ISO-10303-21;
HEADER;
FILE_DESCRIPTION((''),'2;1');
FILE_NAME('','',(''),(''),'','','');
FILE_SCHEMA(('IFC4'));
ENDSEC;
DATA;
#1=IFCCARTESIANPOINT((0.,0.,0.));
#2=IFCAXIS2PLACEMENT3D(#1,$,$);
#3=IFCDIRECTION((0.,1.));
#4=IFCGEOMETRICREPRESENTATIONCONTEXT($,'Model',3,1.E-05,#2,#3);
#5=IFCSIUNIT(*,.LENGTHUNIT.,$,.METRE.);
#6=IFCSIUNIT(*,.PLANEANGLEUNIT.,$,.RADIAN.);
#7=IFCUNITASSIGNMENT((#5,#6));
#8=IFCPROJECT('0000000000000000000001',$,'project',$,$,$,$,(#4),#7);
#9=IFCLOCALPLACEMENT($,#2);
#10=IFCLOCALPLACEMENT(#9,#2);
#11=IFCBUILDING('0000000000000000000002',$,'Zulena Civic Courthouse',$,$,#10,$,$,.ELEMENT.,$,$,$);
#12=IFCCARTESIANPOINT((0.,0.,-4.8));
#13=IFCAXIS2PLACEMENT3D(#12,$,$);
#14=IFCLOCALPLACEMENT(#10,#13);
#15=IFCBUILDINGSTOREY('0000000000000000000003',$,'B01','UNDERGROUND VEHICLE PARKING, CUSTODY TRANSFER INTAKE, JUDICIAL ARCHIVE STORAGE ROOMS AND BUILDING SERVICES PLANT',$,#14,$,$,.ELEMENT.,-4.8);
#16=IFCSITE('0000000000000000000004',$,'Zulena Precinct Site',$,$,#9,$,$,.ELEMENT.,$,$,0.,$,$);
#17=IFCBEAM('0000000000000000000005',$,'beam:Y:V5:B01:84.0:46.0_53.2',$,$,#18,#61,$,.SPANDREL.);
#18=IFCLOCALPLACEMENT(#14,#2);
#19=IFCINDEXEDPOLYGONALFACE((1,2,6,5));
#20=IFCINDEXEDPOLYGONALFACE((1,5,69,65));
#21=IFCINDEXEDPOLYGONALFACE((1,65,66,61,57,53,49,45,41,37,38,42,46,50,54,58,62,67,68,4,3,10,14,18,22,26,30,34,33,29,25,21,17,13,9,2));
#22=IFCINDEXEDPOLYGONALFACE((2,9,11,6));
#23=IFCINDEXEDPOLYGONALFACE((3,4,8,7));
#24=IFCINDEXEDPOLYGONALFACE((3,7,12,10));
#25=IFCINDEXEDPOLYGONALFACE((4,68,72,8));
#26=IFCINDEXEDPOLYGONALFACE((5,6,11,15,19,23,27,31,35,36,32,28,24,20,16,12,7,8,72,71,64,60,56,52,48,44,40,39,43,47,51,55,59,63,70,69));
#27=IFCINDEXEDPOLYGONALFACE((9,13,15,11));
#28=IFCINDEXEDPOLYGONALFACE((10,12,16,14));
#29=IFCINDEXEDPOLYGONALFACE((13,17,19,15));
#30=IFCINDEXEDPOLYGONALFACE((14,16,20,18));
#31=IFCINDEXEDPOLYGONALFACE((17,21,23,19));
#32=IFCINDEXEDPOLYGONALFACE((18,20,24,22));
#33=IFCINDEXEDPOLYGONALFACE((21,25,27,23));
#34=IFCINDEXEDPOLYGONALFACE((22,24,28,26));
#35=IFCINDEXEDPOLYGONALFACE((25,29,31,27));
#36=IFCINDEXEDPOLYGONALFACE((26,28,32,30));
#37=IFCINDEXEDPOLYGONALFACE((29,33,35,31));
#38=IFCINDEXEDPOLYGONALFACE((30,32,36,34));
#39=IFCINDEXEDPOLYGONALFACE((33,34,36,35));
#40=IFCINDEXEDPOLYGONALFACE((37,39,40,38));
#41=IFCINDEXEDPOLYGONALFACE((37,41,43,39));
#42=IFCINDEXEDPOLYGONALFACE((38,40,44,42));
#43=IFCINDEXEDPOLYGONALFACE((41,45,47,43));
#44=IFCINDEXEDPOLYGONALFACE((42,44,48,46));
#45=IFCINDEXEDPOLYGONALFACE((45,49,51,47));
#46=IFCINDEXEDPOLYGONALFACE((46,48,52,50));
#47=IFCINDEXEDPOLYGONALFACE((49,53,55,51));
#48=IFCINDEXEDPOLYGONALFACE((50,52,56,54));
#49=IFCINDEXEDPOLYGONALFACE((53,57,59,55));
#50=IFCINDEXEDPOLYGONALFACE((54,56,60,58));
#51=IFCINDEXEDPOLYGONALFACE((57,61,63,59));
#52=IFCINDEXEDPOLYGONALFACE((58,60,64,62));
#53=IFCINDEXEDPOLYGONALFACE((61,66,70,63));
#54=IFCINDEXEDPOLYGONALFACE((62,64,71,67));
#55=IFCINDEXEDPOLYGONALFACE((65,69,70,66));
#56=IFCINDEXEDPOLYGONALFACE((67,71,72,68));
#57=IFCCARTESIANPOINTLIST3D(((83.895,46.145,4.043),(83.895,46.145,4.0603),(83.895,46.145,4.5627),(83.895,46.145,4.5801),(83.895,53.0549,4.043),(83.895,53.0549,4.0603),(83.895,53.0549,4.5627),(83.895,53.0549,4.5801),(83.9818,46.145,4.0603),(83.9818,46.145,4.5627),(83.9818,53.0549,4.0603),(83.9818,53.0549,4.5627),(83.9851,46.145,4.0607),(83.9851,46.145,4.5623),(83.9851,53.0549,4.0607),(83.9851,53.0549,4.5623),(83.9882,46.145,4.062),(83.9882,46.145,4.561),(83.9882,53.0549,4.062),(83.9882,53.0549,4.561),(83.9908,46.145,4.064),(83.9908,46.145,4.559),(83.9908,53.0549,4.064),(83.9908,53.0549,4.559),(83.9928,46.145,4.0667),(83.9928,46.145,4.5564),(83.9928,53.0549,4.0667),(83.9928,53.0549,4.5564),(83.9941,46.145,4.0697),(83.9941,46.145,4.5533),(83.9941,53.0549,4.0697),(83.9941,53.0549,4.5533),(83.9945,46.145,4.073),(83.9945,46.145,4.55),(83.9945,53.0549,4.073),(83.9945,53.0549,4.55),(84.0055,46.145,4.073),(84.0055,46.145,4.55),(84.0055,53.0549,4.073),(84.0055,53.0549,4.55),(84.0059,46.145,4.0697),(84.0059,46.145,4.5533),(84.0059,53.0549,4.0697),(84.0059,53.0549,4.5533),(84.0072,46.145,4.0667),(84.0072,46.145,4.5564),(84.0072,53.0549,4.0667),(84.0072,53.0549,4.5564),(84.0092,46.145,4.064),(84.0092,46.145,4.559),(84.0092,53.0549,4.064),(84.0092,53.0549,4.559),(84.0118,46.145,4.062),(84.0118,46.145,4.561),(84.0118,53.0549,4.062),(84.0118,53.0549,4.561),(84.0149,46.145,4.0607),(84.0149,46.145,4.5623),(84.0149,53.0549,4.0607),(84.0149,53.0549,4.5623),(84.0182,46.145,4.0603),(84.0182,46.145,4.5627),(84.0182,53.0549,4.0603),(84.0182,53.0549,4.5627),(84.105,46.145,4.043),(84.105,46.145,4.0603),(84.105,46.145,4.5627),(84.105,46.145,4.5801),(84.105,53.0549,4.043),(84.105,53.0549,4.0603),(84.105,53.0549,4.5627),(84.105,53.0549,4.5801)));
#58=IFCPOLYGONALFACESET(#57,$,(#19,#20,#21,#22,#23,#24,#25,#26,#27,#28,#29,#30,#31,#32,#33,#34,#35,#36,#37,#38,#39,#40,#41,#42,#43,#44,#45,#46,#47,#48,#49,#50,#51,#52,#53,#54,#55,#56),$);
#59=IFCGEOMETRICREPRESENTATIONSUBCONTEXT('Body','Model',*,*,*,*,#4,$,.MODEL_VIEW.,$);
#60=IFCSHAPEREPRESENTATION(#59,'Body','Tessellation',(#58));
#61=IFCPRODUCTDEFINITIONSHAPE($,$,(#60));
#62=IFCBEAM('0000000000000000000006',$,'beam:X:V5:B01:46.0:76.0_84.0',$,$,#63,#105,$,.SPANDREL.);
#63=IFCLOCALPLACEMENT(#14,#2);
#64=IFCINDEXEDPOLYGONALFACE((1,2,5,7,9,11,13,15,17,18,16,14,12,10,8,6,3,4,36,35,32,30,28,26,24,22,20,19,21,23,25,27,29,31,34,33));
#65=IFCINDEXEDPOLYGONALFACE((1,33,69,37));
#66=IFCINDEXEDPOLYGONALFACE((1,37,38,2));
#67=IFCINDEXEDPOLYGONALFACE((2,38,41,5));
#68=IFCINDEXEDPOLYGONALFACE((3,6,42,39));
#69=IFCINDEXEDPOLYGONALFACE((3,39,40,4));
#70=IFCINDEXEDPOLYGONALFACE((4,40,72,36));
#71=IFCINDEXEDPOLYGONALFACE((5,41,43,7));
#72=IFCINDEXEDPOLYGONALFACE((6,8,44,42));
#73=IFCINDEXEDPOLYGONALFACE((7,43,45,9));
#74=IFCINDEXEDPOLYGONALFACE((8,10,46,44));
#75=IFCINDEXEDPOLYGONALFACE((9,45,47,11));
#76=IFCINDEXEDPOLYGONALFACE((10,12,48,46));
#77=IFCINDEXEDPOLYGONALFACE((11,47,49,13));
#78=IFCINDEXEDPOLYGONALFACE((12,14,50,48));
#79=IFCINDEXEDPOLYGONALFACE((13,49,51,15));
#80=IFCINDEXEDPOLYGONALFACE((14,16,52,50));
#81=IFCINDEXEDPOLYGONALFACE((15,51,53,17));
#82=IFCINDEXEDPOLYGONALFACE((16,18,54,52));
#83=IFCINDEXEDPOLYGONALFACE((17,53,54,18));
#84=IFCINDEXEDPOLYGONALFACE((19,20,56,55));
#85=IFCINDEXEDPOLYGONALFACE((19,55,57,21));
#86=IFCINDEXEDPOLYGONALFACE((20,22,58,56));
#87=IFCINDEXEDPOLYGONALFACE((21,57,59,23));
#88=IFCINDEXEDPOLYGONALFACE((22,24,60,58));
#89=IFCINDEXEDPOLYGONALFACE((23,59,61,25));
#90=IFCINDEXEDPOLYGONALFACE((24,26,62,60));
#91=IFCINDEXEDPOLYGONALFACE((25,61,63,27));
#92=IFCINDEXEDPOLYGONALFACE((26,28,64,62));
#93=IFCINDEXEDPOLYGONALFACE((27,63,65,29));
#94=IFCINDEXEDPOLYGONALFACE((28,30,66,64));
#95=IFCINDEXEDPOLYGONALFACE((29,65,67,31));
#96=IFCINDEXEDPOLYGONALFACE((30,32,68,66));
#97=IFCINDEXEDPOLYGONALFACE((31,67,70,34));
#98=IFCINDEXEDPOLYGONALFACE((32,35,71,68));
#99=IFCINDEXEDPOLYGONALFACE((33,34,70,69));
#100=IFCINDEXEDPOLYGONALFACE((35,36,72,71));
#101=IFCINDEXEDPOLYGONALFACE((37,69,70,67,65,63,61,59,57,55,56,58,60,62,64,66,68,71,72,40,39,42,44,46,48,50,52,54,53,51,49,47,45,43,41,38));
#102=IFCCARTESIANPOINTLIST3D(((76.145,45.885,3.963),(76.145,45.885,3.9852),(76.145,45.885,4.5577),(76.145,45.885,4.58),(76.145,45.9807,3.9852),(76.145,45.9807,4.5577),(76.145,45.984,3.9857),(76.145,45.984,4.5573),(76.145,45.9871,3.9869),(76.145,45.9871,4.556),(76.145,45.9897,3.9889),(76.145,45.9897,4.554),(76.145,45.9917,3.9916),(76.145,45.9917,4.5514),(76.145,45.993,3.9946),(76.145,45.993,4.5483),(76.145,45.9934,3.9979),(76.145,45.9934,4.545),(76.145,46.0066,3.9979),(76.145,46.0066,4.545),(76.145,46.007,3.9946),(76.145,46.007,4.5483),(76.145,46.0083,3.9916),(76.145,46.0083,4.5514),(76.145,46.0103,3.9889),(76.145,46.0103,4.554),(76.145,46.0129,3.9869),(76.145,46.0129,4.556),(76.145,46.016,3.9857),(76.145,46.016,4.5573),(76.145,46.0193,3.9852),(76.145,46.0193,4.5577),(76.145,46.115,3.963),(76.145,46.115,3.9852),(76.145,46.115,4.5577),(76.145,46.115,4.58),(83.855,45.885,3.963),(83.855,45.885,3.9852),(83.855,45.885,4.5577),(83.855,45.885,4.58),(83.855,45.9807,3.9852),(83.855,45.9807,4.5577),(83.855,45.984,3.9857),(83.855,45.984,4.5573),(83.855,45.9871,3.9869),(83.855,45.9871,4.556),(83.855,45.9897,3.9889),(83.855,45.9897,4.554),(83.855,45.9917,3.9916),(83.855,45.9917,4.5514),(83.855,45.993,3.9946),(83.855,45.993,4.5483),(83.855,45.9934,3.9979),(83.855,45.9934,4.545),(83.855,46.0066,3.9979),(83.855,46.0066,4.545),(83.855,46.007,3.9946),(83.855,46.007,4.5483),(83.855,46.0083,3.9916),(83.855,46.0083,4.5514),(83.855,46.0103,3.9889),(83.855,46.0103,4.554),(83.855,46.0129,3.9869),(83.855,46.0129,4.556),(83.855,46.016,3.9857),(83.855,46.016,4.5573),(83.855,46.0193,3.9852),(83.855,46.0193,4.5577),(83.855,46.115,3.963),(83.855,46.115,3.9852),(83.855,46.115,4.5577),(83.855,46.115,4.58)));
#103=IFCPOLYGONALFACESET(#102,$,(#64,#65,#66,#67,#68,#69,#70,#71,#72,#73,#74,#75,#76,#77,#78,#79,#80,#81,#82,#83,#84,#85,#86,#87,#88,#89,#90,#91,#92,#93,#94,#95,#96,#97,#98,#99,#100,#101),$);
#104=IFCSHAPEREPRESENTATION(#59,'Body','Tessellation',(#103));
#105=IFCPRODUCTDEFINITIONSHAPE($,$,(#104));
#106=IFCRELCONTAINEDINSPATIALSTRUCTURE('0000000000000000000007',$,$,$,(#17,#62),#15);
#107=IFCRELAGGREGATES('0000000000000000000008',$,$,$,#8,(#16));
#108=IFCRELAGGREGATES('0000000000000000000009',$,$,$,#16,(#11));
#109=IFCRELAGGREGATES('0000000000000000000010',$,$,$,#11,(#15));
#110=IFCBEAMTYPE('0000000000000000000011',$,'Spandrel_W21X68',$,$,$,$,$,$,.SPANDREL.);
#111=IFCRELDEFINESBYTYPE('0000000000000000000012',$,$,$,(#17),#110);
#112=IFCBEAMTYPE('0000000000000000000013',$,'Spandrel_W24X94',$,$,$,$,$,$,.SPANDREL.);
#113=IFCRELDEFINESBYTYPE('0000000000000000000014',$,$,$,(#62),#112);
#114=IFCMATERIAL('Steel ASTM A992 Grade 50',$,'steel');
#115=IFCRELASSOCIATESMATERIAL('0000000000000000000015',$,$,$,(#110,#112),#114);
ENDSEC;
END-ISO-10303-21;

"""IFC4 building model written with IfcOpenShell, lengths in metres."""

from ifc_helpers import new_model, si_unit, direction, frame, origin, origin_2d, place, context, subcontext, project, spatial, i_section, extrude, material, material_profile, profile_set, type_object, element, save


model = new_model("IFC4")

# Units and contexts
model_context = context("Model", 3, precision=1e-05, world=origin(), true_north=direction((0.0, 1.0)))
body_context = subcontext(model_context, "Body", "Model", "MODEL_VIEW")
ifc_project = project(units=[si_unit("LENGTHUNIT", "METRE"), si_unit("PLANEANGLEUNIT", "RADIAN")], contexts=[model_context])

# Site, building, storey
site_placement = place(None, origin())
site = spatial("IfcSite", under=ifc_project, at=site_placement, Name="Zulena Precinct Site", CompositionType="ELEMENT", RefElevation=0.0)
building_placement = place(site_placement, origin())
building = spatial("IfcBuilding", under=site, at=building_placement, Name="Zulena Civic Courthouse", CompositionType="ELEMENT")
storey_placement = place(building_placement, frame((0.0, 0.0, -4.8)))
storey = spatial("IfcBuildingStorey", under=building, at=storey_placement, Name="B01", Description="UNDERGROUND VEHICLE PARKING, CUSTODY TRANSFER INTAKE, JUDICIAL ARCHIVE STORAGE ROOMS AND BUILDING SERVICES PLANT", CompositionType="ELEMENT", Elevation=-4.8)

# Shared definitions
ifc_material_1 = material(Name="Steel ASTM A992 Grade 50", Category="steel")

# Beams
ifc_material_profile_1 = material_profile(ifc_material_1, i_section(OverallWidth=0.21, OverallDepth=0.5371, WebThickness=0.011, FlangeThickness=0.0173, FilletRadius=0.0127, at=origin_2d()), Name="W21X68")
ifc_profile_set_1 = profile_set([ifc_material_profile_1], Name="Steel ASTM A992 Grade 50")
beam_type_1 = type_object("IfcBeamType", Name="Spandrel_W21X68", PredefinedType="SPANDREL", material=ifc_profile_set_1)
beam_1_placement = place(storey_placement, frame((84.0, 46.145, 4.3115), z_axis=(0.0, 1.0, 0.0), x_axis=(-1.0, 0.0, 0.0)))
element("IfcBeam", 1, at=beam_1_placement, inside=storey, type_object=beam_type_1, Name="beam:Y:V5:B01:84.0:46.0_53.2", PredefinedType="SPANDREL", context=body_context, shape_type="SweptSolid", body=[
    extrude(i_section(OverallWidth=0.21, OverallDepth=0.5371, WebThickness=0.011, FlangeThickness=0.0173, FilletRadius=0.0127, at=origin_2d()), origin(), (0.0, 0.0, 1.0), 6.9099),
])
ifc_material_profile_2 = material_profile(ifc_material_1, i_section(OverallWidth=0.23, OverallDepth=0.6169, WebThickness=0.0132, FlangeThickness=0.0222, FilletRadius=0.0127, at=origin_2d()), Name="W24X94")
ifc_profile_set_2 = profile_set([ifc_material_profile_2], Name="Steel ASTM A992 Grade 50")
beam_type_2 = type_object("IfcBeamType", Name="Spandrel_W24X94", PredefinedType="SPANDREL", material=ifc_profile_set_2)
beam_2_placement = place(storey_placement, frame((76.145, 46.0, 4.2715), z_axis=(1.0, 0.0, 0.0), x_axis=(0.0, 1.0, 0.0)))
element("IfcBeam", 2, at=beam_2_placement, inside=storey, type_object=beam_type_2, Name="beam:X:V5:B01:46.0:76.0_84.0", PredefinedType="SPANDREL", context=body_context, shape_type="SweptSolid", body=[
    extrude(i_section(OverallWidth=0.23, OverallDepth=0.6169, WebThickness=0.0132, FlangeThickness=0.0222, FilletRadius=0.0127, at=origin_2d()), origin(), (0.0, 0.0, 1.0), 7.71),
])

save(model, "model.ifc")
